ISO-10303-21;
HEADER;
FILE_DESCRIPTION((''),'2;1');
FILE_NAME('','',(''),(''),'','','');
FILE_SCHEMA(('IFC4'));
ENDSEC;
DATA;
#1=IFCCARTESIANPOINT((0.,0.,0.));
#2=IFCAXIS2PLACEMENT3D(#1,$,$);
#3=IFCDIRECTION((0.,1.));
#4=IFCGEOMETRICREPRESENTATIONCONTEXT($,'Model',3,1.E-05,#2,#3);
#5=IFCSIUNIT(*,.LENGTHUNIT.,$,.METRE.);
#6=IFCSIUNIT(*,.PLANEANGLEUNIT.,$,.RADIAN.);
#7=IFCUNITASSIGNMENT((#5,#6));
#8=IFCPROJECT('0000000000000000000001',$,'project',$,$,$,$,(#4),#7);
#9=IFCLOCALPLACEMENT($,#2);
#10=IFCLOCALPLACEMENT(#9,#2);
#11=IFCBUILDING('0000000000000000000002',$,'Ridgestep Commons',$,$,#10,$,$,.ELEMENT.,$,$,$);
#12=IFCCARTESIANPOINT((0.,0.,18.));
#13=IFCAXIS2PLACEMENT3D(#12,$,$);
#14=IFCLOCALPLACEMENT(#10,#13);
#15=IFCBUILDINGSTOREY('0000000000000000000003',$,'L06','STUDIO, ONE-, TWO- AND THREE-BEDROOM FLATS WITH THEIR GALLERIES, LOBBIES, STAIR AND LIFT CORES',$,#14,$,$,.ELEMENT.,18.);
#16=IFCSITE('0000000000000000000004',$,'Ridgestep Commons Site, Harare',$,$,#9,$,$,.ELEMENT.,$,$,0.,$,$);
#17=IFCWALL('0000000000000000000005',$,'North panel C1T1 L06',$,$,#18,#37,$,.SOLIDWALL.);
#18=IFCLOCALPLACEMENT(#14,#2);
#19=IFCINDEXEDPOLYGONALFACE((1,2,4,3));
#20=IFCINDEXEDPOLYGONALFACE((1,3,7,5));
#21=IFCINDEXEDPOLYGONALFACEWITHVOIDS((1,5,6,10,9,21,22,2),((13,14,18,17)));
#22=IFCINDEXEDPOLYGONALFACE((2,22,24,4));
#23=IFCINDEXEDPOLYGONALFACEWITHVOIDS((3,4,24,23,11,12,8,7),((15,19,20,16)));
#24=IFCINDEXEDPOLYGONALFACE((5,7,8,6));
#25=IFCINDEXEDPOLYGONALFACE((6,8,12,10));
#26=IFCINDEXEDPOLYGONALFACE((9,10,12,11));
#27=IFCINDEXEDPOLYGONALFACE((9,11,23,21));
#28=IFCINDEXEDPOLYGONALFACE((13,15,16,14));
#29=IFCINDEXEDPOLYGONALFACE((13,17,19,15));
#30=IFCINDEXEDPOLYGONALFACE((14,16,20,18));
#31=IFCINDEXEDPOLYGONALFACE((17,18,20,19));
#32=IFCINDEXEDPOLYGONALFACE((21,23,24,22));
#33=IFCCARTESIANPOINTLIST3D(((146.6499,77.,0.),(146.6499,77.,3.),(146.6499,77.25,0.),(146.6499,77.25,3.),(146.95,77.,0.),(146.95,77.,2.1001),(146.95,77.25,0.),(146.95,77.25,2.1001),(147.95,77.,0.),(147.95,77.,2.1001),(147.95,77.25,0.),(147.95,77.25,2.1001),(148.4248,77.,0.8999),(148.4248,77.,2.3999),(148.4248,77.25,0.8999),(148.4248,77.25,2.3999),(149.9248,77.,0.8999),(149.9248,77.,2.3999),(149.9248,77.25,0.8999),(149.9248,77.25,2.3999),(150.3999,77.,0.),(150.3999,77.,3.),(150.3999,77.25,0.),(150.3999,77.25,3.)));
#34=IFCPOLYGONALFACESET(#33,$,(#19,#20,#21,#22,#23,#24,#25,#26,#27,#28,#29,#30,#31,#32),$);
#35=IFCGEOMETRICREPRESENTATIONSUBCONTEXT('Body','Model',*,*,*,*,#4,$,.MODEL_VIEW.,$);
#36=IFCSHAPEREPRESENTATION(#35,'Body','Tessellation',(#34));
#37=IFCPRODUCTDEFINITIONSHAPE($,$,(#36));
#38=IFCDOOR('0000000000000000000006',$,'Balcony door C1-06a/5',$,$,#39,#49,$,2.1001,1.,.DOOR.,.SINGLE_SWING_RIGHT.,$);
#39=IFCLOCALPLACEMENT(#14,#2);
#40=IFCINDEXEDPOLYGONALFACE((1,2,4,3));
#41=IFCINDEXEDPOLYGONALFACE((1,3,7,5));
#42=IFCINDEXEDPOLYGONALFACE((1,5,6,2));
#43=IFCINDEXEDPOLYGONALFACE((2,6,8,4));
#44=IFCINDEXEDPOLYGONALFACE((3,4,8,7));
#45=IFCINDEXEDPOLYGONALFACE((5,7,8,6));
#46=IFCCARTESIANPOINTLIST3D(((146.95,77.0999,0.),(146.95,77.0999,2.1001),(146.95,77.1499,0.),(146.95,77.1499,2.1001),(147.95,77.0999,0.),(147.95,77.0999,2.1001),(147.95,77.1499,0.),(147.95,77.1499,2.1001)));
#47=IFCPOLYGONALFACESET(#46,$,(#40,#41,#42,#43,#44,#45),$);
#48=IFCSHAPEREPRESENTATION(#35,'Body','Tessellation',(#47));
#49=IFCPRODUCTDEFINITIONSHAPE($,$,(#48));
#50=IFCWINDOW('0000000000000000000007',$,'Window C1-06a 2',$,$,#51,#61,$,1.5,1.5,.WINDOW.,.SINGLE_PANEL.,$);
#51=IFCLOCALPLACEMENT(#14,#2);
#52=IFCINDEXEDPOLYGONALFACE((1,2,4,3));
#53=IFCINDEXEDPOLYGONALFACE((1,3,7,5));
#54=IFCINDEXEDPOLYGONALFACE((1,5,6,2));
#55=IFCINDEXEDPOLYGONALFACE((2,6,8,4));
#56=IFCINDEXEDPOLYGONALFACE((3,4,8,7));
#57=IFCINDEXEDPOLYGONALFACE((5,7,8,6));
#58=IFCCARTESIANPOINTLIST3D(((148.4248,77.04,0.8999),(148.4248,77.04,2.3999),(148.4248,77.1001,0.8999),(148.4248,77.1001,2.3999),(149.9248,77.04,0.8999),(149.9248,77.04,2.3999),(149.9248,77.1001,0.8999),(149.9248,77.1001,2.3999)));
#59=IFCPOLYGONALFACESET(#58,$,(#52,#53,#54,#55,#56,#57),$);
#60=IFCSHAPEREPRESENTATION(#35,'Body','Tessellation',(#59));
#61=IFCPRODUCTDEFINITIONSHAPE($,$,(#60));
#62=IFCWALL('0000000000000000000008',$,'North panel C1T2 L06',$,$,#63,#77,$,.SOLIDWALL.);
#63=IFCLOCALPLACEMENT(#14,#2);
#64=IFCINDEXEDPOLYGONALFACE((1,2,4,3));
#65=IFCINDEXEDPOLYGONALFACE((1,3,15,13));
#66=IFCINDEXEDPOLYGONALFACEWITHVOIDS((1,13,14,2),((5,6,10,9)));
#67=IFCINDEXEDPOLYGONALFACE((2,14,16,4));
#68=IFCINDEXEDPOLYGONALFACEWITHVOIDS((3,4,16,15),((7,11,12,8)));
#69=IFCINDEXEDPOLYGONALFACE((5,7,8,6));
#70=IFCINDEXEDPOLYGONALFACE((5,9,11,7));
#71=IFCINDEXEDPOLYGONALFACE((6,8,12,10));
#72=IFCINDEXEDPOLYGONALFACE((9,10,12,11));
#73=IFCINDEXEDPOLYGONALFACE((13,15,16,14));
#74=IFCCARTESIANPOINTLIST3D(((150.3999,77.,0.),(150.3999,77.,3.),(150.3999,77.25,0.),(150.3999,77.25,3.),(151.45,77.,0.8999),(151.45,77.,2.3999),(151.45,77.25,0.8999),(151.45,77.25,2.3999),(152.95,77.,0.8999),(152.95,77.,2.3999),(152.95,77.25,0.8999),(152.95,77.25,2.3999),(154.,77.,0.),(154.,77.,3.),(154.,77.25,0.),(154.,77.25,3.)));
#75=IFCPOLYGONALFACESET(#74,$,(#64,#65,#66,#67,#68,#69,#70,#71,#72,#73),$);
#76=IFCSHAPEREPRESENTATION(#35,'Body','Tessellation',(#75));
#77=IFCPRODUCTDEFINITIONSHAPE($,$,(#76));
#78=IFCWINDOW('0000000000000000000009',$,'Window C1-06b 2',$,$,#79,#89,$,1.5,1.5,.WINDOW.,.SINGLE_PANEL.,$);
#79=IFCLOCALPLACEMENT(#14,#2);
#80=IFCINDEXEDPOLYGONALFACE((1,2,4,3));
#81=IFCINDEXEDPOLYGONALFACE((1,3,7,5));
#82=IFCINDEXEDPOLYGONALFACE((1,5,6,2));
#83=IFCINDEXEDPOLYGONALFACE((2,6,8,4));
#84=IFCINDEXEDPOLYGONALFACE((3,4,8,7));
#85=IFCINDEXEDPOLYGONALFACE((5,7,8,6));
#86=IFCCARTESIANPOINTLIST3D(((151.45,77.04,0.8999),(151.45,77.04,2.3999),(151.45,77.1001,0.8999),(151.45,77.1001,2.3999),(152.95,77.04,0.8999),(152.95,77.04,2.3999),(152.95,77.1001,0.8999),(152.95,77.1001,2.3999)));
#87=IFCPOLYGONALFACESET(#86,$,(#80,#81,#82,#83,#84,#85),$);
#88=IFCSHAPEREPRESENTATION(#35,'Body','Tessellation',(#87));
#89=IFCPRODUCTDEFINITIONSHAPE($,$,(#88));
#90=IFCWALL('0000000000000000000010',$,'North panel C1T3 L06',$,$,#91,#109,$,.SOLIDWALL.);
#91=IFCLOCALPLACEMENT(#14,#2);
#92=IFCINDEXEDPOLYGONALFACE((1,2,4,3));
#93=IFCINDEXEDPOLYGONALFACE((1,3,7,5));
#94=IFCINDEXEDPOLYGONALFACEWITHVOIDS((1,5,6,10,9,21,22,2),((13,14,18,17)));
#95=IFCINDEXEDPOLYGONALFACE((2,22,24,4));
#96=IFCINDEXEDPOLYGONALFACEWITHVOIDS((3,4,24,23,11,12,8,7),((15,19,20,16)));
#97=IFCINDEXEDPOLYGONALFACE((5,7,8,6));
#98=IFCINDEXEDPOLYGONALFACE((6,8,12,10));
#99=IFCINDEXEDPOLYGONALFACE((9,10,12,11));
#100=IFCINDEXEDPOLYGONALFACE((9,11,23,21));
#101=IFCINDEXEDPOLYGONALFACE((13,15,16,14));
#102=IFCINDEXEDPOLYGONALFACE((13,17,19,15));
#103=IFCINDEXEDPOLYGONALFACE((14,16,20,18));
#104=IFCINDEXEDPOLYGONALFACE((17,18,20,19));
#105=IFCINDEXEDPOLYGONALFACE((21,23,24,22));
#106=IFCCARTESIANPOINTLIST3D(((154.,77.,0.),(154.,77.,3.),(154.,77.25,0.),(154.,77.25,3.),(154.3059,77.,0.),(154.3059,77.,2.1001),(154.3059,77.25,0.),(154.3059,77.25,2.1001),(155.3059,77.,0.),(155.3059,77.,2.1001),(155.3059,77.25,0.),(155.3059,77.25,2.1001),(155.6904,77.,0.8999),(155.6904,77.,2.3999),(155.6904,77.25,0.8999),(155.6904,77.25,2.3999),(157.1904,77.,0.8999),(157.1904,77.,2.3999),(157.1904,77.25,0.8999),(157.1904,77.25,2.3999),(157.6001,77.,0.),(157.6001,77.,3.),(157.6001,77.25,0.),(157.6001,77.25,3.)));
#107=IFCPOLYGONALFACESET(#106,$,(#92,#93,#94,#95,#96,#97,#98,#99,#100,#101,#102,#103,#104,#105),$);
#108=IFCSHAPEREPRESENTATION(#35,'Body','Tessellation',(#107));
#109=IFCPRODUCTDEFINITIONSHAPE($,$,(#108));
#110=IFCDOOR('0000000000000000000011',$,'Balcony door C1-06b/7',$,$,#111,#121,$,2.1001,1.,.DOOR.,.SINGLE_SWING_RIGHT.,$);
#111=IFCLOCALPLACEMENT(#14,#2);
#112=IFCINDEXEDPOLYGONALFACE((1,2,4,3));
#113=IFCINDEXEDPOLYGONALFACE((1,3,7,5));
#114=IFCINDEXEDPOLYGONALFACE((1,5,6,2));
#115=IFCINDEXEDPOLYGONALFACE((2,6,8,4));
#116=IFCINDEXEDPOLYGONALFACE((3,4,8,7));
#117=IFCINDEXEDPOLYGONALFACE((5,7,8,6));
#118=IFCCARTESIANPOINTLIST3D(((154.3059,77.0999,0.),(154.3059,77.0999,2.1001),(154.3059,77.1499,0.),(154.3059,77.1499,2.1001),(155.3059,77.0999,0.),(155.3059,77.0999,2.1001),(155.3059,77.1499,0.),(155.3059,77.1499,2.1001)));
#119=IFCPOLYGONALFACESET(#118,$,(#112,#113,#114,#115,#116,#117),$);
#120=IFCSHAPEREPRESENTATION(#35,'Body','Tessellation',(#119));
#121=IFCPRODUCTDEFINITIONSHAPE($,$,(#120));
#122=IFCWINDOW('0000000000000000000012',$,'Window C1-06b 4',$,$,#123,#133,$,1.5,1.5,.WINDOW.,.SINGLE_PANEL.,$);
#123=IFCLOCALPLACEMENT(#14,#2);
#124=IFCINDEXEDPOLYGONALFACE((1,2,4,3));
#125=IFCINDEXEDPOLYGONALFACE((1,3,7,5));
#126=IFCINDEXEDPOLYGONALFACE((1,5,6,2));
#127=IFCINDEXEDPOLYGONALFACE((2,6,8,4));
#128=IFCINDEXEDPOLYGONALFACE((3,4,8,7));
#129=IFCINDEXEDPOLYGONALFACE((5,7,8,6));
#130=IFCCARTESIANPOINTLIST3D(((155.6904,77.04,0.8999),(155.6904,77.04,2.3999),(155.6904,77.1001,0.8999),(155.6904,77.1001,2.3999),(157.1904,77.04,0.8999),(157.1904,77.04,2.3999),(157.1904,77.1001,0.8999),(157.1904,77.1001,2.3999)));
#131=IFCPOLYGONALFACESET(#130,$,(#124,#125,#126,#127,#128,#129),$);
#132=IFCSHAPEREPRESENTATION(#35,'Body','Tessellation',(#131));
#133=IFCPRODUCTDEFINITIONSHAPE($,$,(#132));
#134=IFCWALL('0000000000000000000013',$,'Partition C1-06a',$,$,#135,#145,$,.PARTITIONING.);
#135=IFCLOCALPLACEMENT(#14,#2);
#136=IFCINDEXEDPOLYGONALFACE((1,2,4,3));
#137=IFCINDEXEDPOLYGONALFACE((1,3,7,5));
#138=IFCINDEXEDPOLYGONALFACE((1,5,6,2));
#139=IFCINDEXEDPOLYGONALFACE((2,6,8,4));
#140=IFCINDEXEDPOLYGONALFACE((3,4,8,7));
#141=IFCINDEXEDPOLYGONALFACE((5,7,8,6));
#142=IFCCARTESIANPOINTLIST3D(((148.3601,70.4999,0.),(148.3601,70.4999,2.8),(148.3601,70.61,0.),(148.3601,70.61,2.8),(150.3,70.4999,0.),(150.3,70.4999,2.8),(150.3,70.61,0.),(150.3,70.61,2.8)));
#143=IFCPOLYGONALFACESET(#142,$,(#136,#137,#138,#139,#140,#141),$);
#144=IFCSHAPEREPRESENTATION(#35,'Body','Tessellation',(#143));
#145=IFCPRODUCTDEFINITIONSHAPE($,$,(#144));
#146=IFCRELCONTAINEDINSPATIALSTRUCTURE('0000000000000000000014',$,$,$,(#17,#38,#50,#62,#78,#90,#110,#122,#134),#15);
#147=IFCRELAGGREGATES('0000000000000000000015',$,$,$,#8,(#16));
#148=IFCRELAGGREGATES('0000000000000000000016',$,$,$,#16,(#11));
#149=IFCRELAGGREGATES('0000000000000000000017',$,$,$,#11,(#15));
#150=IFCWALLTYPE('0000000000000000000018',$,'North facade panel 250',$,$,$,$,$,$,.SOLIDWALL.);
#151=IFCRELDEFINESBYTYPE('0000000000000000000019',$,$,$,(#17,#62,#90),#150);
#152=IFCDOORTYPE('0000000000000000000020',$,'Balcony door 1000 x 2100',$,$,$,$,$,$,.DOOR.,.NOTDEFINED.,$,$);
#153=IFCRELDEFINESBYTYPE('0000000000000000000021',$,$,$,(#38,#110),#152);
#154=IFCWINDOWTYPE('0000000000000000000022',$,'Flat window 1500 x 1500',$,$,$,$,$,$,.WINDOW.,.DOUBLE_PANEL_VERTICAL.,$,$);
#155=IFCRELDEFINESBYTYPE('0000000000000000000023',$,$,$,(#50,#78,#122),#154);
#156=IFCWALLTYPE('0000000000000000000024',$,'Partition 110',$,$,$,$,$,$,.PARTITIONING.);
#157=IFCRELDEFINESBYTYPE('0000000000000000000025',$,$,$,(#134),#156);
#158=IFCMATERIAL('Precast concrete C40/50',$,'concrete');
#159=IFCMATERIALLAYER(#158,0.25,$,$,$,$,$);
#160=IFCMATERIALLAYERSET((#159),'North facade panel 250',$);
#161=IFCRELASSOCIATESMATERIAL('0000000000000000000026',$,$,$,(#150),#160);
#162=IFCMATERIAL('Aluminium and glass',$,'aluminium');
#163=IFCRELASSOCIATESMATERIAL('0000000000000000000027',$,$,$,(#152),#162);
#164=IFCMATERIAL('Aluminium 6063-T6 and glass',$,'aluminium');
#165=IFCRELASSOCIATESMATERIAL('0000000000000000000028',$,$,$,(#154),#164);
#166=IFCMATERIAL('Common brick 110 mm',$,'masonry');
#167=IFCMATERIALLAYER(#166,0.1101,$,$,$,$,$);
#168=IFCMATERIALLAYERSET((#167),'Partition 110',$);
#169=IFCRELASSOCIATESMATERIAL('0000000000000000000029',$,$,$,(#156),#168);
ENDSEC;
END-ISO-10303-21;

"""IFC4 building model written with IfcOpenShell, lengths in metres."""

from ifc_helpers import new_model, si_unit, direction, frame, frame_2d, origin, place, context, subcontext, project, spatial, rectangle, extrude, material, layer, layer_set, type_object, element, fill, save


model = new_model("IFC4")

# Units and contexts
model_context = context("Model", 3, precision=1e-05, world=origin(), true_north=direction((0.0, 1.0)))
body_context = subcontext(model_context, "Body", "Model", "MODEL_VIEW")
ifc_project = project(units=[si_unit("LENGTHUNIT", "METRE"), si_unit("PLANEANGLEUNIT", "RADIAN")], contexts=[model_context])

# Site, building, storey
site_placement = place(None, origin())
site = spatial("IfcSite", under=ifc_project, at=site_placement, Name="Ridgestep Commons Site, Harare", CompositionType="ELEMENT", RefElevation=0.0)
building_placement = place(site_placement, origin())
building = spatial("IfcBuilding", under=site, at=building_placement, Name="Ridgestep Commons", CompositionType="ELEMENT")
storey_placement = place(building_placement, frame((0.0, 0.0, 18.0)))
storey = spatial("IfcBuildingStorey", under=building, at=storey_placement, Name="L06", Description="STUDIO, ONE-, TWO- AND THREE-BEDROOM FLATS WITH THEIR GALLERIES, LOBBIES, STAIR AND LIFT CORES", CompositionType="ELEMENT", Elevation=18.0)

# Wall, openings, door, window
ifc_material_1 = material(Name="Precast concrete C40/50", Category="concrete")
ifc_layer_1 = layer(ifc_material_1, 0.25)
ifc_layer_set_1 = layer_set([ifc_layer_1], Name="North facade panel 250")
wall_type_1 = type_object("IfcWallType", Name="North facade panel 250", PredefinedType="SOLIDWALL", material=ifc_layer_set_1)
wall_1_placement = place(storey_placement, frame((146.6499, 77.125, 0.0), z_axis=(0.0, 0.0, 1.0), x_axis=(1.0, 0.0, 0.0)))
wall_1 = element("IfcWall", 1, at=wall_1_placement, inside=storey, type_object=wall_type_1, Name="North panel C1T1 L06", PredefinedType="SOLIDWALL", context=body_context, shape_type="SweptSolid", body=[
    extrude(rectangle(XDim=3.75, YDim=0.25, at=frame_2d((1.875, 0.0))), origin(), (0.0, 0.0, 1.0), 3.0),
])
opening_1_placement = place(wall_1_placement, frame((1.7749, 0.0, 0.8999)))
opening_1 = element("IfcOpeningElement", 2, at=opening_1_placement, cuts=wall_1, PredefinedType="OPENING", context=body_context, shape_type="SweptSolid", body=[
    extrude(rectangle(XDim=1.5, YDim=1.5, at=frame_2d((0.75, 0.75))), frame((0.0, 0.135, 0.0), z_axis=(0.0, -1.0, 0.0), x_axis=(1.0, 0.0, 0.0)), (0.0, 0.0, 1.0), 0.27),
])
opening_2_placement = place(wall_1_placement, frame((0.3, 0.0, 0.0)))
opening_2 = element("IfcOpeningElement", 3, at=opening_2_placement, cuts=wall_1, PredefinedType="OPENING", context=body_context, shape_type="SweptSolid", body=[
    extrude(rectangle(XDim=1.0, YDim=2.1001, at=frame_2d((0.5, 1.05))), frame((0.0, 0.135, 0.0), z_axis=(0.0, -1.0, 0.0), x_axis=(1.0, 0.0, 0.0)), (0.0, 0.0, 1.0), 0.27),
])
ifc_material_2 = material(Name="Aluminium and glass", Category="aluminium")
door_type_1 = type_object("IfcDoorType", Name="Balcony door 1000 x 2100", OperationType="NOTDEFINED", PredefinedType="DOOR", material=ifc_material_2)
door_1_placement = place(opening_2_placement, origin())
door_1 = element("IfcDoor", 4, at=door_1_placement, inside=storey, type_object=door_type_1, Name="Balcony door C1-06a/5", OperationType="SINGLE_SWING_RIGHT", OverallHeight=2.1001, OverallWidth=1.0, PredefinedType="DOOR", context=body_context, shape_type="SweptSolid", body=[
    extrude(rectangle(XDim=1.0, YDim=2.1001, at=frame_2d((0.5, 1.05))), frame((0.0, 0.0249, 0.0), z_axis=(0.0, -1.0, 0.0), x_axis=(1.0, 0.0, 0.0)), (0.0, 0.0, 1.0), 0.05),
])
fill(opening_2, door_1)
ifc_material_3 = material(Name="Aluminium 6063-T6 and glass", Category="aluminium")
window_type = type_object("IfcWindowType", Name="Flat window 1500 x 1500", PartitioningType="DOUBLE_PANEL_VERTICAL", PredefinedType="WINDOW", material=ifc_material_3)
window_1_placement = place(opening_1_placement, origin())
window_1 = element("IfcWindow", 5, at=window_1_placement, inside=storey, type_object=window_type, Name="Window C1-06a 2", OverallHeight=1.5, OverallWidth=1.5, PartitioningType="SINGLE_PANEL", PredefinedType="WINDOW", context=body_context, shape_type="SweptSolid", body=[
    extrude(rectangle(XDim=1.5, YDim=1.5, at=frame_2d((0.75, 0.75))), frame((0.0, -0.0249, 0.0), z_axis=(0.0, -1.0, 0.0), x_axis=(1.0, 0.0, 0.0)), (0.0, 0.0, 1.0), 0.0601),
])
fill(opening_1, window_1)

# Wall, opening, window
wall_2_placement = place(storey_placement, frame((150.3999, 77.125, 0.0), z_axis=(0.0, 0.0, 1.0), x_axis=(1.0, 0.0, 0.0)))
wall_2 = element("IfcWall", 6, at=wall_2_placement, inside=storey, type_object=wall_type_1, Name="North panel C1T2 L06", PredefinedType="SOLIDWALL", context=body_context, shape_type="SweptSolid", body=[
    extrude(rectangle(XDim=3.6001, YDim=0.25, at=frame_2d((1.8, 0.0))), origin(), (0.0, 0.0, 1.0), 3.0),
])
opening_3_placement = place(wall_2_placement, frame((1.05, 0.0, 0.8999)))
opening_3 = element("IfcOpeningElement", 7, at=opening_3_placement, cuts=wall_2, PredefinedType="OPENING", context=body_context, shape_type="SweptSolid", body=[
    extrude(rectangle(XDim=1.5, YDim=1.5, at=frame_2d((0.75, 0.75))), frame((0.0, 0.135, 0.0), z_axis=(0.0, -1.0, 0.0), x_axis=(1.0, 0.0, 0.0)), (0.0, 0.0, 1.0), 0.27),
])
window_2_placement = place(opening_3_placement, origin())
window_2 = element("IfcWindow", 8, at=window_2_placement, inside=storey, type_object=window_type, Name="Window C1-06b 2", OverallHeight=1.5, OverallWidth=1.5, PartitioningType="SINGLE_PANEL", PredefinedType="WINDOW", context=body_context, shape_type="SweptSolid", body=[
    extrude(rectangle(XDim=1.5, YDim=1.5, at=frame_2d((0.75, 0.75))), frame((0.0, -0.0249, 0.0), z_axis=(0.0, -1.0, 0.0), x_axis=(1.0, 0.0, 0.0)), (0.0, 0.0, 1.0), 0.0601),
])
fill(opening_3, window_2)

# Wall, openings, door, window
wall_3_placement = place(storey_placement, frame((154.0, 77.125, 0.0), z_axis=(0.0, 0.0, 1.0), x_axis=(1.0, 0.0, 0.0)))
wall_3 = element("IfcWall", 9, at=wall_3_placement, inside=storey, type_object=wall_type_1, Name="North panel C1T3 L06", PredefinedType="SOLIDWALL", context=body_context, shape_type="SweptSolid", body=[
    extrude(rectangle(XDim=3.6001, YDim=0.25, at=frame_2d((1.8, 0.0))), origin(), (0.0, 0.0, 1.0), 3.0),
])
opening_4_placement = place(wall_3_placement, frame((1.6904, 0.0, 0.8999)))
opening_4 = element("IfcOpeningElement", 10, at=opening_4_placement, cuts=wall_3, PredefinedType="OPENING", context=body_context, shape_type="SweptSolid", body=[
    extrude(rectangle(XDim=1.5, YDim=1.5, at=frame_2d((0.75, 0.75))), frame((0.0, 0.135, 0.0), z_axis=(0.0, -1.0, 0.0), x_axis=(1.0, 0.0, 0.0)), (0.0, 0.0, 1.0), 0.27),
])
opening_5_placement = place(wall_3_placement, frame((0.3059, 0.0, 0.0)))
opening_5 = element("IfcOpeningElement", 11, at=opening_5_placement, cuts=wall_3, PredefinedType="OPENING", context=body_context, shape_type="SweptSolid", body=[
    extrude(rectangle(XDim=1.0, YDim=2.1001, at=frame_2d((0.5, 1.05))), frame((0.0, 0.135, 0.0), z_axis=(0.0, -1.0, 0.0), x_axis=(1.0, 0.0, 0.0)), (0.0, 0.0, 1.0), 0.27),
])
door_2_placement = place(opening_5_placement, origin())
door_2 = element("IfcDoor", 12, at=door_2_placement, inside=storey, type_object=door_type_1, Name="Balcony door C1-06b/7", OperationType="SINGLE_SWING_RIGHT", OverallHeight=2.1001, OverallWidth=1.0, PredefinedType="DOOR", context=body_context, shape_type="SweptSolid", body=[
    extrude(rectangle(XDim=1.0, YDim=2.1001, at=frame_2d((0.5, 1.05))), frame((0.0, 0.0249, 0.0), z_axis=(0.0, -1.0, 0.0), x_axis=(1.0, 0.0, 0.0)), (0.0, 0.0, 1.0), 0.05),
])
fill(opening_5, door_2)
window_3_placement = place(opening_4_placement, origin())
window_3 = element("IfcWindow", 13, at=window_3_placement, inside=storey, type_object=window_type, Name="Window C1-06b 4", OverallHeight=1.5, OverallWidth=1.5, PartitioningType="SINGLE_PANEL", PredefinedType="WINDOW", context=body_context, shape_type="SweptSolid", body=[
    extrude(rectangle(XDim=1.5, YDim=1.5, at=frame_2d((0.75, 0.75))), frame((0.0, -0.0249, 0.0), z_axis=(0.0, -1.0, 0.0), x_axis=(1.0, 0.0, 0.0)), (0.0, 0.0, 1.0), 0.0601),
])
fill(opening_4, window_3)

# Wall
ifc_material_4 = material(Name="Common brick 110 mm", Category="masonry")
ifc_layer_2 = layer(ifc_material_4, 0.1101)
ifc_layer_set_2 = layer_set([ifc_layer_2], Name="Partition 110")
wall_type_2 = type_object("IfcWallType", Name="Partition 110", PredefinedType="PARTITIONING", material=ifc_layer_set_2)
wall_4_placement = place(storey_placement, frame((148.3601, 70.5549, 0.0), z_axis=(0.0, 0.0, 1.0), x_axis=(1.0, 0.0, 0.0)))
element("IfcWall", 14, at=wall_4_placement, inside=storey, type_object=wall_type_2, Name="Partition C1-06a", PredefinedType="PARTITIONING", context=body_context, shape_type="SweptSolid", body=[
    extrude(rectangle(XDim=1.9399, YDim=0.1101, at=frame_2d((0.97, 0.0))), origin(), (0.0, 0.0, 1.0), 2.8),
])

save(model, "model.ifc")
